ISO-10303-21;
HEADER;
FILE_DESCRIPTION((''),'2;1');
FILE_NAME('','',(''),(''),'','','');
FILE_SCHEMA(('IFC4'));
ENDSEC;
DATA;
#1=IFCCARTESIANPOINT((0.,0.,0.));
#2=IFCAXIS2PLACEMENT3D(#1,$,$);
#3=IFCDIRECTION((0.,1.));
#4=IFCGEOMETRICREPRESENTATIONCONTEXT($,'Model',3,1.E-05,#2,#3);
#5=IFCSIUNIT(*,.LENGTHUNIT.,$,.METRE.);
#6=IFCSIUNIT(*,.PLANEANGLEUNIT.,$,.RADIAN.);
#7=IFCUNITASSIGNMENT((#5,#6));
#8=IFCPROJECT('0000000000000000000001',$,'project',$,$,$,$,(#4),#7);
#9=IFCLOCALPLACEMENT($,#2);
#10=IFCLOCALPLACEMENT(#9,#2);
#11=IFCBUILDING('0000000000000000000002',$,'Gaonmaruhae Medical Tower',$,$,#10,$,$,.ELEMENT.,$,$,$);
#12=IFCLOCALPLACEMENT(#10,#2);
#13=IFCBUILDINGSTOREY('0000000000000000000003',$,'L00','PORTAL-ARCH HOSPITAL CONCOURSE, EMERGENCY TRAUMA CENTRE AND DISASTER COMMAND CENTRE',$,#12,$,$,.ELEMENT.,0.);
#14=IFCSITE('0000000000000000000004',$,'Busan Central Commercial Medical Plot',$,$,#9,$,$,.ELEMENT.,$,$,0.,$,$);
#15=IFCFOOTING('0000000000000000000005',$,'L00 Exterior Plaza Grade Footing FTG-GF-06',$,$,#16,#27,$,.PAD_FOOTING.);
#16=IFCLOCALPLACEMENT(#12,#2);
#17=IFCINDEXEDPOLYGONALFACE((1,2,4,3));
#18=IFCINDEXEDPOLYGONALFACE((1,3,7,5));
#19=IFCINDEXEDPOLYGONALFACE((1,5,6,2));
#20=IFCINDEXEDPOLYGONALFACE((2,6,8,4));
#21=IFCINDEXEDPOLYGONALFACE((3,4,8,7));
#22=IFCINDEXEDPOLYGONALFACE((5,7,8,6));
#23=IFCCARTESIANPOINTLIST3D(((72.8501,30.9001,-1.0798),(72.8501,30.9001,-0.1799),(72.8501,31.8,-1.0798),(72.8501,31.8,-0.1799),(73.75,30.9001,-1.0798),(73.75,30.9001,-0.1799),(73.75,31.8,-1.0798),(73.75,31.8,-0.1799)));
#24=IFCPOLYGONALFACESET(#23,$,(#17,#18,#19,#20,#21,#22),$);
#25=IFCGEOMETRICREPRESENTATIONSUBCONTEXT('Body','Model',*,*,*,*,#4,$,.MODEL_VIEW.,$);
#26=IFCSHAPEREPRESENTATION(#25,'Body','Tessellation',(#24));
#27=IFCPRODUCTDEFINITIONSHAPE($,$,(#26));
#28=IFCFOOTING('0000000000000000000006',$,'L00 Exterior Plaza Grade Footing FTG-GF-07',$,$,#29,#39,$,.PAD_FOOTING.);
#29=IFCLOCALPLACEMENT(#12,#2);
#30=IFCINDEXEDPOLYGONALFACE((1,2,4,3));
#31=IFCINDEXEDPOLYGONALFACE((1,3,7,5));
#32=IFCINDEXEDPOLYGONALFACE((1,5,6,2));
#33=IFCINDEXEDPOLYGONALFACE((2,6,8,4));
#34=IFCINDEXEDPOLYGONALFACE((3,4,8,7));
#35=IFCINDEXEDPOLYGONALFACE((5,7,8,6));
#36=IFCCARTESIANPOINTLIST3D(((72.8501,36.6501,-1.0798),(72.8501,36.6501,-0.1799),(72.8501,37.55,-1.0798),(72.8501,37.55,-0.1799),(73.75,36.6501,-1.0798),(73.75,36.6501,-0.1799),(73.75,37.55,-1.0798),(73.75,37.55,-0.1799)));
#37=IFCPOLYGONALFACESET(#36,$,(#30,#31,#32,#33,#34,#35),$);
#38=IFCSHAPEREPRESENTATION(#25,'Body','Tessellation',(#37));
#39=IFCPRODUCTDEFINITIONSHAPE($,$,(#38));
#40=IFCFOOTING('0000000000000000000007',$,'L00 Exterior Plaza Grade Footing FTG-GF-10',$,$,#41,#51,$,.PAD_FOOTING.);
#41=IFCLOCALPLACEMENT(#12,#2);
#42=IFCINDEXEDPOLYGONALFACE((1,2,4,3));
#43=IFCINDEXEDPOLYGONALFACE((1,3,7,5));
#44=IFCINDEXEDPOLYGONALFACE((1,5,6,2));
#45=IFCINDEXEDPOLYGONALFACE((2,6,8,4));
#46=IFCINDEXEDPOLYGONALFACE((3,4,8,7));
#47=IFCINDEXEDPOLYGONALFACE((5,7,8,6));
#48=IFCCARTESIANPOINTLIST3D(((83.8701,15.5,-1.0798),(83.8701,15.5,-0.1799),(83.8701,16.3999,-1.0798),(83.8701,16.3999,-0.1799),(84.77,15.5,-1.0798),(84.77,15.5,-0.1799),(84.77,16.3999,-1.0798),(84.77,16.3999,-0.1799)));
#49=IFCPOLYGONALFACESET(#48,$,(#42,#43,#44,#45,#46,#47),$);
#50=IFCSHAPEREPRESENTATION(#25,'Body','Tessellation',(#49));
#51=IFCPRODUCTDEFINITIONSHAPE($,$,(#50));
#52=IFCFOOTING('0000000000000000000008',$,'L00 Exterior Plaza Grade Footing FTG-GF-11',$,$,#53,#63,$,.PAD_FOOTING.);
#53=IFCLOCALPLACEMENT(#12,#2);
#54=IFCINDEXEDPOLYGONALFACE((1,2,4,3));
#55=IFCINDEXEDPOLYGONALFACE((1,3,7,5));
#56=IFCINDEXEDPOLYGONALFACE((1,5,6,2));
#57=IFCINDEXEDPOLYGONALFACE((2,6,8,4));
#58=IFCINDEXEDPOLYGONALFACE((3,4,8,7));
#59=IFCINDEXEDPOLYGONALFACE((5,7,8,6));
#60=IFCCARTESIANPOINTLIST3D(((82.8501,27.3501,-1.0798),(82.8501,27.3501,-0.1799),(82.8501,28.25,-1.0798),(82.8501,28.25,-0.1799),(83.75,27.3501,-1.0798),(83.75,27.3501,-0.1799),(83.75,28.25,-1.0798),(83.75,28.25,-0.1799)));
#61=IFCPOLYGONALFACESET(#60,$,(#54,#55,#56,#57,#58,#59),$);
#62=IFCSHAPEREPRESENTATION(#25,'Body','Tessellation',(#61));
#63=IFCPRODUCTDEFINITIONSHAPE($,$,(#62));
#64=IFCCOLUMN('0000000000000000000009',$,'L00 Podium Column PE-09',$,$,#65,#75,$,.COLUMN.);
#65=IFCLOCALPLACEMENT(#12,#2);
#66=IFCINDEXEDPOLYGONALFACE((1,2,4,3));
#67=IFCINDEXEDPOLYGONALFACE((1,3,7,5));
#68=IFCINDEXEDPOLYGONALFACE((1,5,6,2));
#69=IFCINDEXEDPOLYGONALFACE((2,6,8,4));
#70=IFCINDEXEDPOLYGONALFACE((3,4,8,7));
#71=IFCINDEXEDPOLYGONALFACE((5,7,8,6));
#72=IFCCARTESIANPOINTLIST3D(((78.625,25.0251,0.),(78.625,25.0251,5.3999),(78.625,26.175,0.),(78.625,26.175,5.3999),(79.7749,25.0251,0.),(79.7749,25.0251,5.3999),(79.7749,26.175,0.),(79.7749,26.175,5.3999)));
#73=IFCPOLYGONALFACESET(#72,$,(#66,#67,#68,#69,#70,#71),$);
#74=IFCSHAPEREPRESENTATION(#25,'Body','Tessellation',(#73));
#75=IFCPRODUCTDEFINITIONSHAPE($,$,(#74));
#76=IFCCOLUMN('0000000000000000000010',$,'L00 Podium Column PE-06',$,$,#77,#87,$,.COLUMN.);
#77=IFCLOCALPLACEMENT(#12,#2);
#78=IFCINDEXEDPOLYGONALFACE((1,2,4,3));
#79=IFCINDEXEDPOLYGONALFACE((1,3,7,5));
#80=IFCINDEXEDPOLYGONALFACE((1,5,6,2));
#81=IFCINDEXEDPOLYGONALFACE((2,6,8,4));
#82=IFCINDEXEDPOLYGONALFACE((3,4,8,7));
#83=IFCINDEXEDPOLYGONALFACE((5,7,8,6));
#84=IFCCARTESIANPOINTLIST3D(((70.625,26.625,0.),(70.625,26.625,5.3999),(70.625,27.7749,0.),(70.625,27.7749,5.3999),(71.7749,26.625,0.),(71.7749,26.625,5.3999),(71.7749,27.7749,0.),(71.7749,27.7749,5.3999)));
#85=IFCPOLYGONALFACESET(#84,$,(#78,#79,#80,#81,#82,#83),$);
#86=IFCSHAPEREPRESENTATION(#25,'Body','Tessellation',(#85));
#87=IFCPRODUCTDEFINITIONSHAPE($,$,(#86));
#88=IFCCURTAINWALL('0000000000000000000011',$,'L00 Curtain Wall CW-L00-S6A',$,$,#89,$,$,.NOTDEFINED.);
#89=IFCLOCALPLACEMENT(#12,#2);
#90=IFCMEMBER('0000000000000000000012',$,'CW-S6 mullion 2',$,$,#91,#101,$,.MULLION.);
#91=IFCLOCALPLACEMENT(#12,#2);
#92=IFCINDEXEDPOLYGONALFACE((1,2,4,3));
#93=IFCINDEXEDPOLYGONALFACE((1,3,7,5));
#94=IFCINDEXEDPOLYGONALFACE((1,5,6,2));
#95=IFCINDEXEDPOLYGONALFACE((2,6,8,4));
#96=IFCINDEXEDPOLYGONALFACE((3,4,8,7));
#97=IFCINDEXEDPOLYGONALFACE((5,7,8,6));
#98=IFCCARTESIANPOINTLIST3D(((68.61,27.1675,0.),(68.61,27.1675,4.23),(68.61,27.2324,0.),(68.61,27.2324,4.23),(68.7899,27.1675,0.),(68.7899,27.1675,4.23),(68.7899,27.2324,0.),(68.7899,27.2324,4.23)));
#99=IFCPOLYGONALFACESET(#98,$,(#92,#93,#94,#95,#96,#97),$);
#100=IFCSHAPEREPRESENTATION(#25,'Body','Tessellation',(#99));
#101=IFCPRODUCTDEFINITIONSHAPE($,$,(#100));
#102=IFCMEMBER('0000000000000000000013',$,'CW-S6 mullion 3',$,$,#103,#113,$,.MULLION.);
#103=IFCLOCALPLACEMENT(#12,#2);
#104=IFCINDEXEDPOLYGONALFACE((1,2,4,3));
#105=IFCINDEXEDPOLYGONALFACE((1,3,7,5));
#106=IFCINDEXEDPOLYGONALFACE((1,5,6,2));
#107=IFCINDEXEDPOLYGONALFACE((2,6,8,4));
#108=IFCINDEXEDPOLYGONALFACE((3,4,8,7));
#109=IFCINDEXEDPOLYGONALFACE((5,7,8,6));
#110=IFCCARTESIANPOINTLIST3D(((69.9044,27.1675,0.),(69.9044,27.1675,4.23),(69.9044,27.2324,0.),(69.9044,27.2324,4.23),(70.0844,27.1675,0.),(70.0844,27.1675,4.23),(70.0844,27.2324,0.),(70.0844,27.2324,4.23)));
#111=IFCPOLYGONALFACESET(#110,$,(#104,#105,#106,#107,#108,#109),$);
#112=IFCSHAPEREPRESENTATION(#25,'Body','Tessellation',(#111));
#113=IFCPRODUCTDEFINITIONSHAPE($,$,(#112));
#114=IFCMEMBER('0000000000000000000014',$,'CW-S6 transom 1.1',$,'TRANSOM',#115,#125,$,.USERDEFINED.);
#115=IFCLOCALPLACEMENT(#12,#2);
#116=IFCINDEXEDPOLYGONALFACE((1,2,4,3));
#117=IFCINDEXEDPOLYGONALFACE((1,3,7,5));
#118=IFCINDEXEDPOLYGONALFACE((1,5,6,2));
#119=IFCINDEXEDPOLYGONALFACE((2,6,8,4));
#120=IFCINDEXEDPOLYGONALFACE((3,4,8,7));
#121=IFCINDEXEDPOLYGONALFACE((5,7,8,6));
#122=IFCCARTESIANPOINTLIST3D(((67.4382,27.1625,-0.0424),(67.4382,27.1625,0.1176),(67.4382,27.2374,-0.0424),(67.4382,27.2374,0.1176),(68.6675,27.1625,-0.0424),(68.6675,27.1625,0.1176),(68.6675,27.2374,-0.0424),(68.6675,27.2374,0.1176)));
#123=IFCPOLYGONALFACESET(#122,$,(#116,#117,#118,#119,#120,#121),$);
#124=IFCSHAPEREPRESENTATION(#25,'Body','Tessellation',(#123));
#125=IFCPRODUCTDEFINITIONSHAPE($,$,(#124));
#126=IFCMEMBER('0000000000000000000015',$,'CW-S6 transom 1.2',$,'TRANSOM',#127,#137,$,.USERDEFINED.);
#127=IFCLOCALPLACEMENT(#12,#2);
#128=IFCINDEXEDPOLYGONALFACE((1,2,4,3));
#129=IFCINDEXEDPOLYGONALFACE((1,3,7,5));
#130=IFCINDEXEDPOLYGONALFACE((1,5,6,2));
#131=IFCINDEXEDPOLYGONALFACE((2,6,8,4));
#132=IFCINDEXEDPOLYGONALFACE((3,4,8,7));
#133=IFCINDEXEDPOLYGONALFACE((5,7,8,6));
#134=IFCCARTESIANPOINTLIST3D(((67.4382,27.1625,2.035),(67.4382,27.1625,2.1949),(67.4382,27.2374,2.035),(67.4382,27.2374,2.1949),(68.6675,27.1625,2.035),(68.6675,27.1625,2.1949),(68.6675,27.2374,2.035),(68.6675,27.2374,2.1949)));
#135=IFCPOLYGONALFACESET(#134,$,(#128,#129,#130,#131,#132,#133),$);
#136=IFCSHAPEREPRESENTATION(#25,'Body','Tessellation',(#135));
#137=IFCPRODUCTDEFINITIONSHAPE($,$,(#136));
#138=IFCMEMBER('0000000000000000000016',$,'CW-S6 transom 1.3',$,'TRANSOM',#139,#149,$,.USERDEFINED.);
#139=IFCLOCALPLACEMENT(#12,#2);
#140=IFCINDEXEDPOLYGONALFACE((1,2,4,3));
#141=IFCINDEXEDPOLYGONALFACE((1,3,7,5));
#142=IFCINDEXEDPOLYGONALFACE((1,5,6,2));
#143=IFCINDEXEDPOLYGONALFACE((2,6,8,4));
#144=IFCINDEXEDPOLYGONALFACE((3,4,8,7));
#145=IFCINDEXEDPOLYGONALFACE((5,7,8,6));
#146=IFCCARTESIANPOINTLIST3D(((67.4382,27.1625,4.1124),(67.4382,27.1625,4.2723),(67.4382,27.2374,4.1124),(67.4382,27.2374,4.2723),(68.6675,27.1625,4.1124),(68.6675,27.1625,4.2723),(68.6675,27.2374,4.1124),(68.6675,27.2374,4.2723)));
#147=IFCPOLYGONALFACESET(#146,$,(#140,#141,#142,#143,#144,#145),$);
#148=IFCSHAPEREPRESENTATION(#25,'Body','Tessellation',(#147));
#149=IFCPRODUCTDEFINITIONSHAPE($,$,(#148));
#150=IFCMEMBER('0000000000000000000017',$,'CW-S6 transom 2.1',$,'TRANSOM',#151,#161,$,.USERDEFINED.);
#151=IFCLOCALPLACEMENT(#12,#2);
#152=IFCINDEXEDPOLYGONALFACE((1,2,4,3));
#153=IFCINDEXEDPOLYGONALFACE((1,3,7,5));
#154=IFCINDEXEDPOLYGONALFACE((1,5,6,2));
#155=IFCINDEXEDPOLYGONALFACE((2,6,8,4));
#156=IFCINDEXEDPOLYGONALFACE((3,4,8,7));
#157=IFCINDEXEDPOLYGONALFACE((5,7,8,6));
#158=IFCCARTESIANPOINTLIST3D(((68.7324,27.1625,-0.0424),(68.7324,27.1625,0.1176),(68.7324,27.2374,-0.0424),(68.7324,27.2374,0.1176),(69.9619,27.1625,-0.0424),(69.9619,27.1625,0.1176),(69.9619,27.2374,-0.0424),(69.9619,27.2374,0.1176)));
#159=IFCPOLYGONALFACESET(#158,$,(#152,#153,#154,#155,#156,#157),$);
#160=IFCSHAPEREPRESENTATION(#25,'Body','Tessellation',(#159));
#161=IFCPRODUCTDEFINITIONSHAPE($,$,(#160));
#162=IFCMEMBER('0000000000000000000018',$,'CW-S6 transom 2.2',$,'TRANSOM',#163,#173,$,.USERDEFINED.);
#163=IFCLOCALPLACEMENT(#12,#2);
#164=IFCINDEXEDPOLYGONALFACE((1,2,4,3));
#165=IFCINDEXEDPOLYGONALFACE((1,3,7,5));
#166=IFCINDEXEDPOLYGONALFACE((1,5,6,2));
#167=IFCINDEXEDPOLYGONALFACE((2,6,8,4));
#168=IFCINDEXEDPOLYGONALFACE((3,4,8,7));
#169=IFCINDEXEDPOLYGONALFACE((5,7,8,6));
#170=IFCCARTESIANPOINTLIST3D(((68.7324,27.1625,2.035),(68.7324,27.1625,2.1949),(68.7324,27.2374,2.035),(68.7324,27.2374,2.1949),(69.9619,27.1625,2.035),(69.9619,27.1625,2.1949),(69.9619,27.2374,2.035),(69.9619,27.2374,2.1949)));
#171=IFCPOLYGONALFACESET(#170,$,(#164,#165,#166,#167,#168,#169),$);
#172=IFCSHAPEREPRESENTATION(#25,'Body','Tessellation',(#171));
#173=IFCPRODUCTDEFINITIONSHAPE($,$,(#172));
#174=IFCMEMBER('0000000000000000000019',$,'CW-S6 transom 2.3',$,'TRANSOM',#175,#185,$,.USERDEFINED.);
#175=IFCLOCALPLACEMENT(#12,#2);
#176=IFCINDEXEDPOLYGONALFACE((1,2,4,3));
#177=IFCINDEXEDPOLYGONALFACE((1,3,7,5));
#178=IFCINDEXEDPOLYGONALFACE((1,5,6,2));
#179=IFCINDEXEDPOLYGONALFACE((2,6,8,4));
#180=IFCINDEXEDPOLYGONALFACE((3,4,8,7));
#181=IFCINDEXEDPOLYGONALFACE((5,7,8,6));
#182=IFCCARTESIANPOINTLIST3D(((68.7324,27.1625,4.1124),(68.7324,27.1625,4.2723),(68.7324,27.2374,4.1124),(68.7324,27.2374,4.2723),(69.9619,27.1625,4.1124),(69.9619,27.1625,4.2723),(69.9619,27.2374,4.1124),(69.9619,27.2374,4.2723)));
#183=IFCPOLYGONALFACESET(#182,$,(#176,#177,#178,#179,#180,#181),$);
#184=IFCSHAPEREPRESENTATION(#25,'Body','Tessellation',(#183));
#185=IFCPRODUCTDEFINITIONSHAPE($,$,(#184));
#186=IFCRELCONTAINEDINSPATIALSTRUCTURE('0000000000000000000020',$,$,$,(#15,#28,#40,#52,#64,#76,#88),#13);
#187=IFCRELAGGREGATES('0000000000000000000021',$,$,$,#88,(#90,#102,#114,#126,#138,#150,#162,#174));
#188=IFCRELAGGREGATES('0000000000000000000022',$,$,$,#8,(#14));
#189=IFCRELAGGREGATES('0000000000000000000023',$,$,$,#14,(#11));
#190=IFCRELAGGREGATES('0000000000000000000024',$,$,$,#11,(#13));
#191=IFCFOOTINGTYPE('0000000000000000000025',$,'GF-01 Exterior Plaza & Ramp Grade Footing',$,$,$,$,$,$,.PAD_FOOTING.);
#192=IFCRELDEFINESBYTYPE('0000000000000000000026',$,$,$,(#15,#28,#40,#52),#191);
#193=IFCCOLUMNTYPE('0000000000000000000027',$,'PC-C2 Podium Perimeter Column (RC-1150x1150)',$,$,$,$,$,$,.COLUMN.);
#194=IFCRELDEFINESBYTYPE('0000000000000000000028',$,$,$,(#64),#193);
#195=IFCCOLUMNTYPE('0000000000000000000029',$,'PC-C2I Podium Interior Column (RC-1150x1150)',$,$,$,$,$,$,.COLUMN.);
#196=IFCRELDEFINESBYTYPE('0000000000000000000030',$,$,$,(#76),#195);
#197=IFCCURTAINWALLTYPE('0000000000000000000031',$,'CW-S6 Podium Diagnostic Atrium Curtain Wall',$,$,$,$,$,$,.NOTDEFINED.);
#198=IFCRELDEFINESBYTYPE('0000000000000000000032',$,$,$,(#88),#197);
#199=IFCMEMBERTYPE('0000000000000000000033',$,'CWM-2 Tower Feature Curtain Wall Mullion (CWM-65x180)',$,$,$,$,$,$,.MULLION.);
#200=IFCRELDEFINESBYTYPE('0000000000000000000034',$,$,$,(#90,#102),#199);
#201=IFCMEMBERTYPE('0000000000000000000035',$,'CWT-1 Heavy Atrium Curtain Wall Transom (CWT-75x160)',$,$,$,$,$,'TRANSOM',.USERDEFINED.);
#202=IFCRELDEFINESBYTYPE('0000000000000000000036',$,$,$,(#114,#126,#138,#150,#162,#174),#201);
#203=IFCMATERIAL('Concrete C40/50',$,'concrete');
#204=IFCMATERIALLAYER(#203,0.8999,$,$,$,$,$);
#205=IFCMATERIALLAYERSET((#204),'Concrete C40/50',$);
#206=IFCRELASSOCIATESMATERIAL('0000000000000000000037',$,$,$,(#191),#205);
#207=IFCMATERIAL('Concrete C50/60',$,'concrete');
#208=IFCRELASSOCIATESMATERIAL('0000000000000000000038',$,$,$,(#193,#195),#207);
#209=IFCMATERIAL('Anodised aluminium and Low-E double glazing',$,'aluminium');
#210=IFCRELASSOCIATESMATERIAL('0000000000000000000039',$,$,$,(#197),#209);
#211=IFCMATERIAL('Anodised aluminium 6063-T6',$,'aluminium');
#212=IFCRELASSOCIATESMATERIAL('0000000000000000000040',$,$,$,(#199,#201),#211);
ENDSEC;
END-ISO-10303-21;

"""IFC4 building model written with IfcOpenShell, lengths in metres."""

from ifc_helpers import new_model, si_unit, direction, frame, origin, origin_2d, place, context, subcontext, project, spatial, rectangle, extrude, material, layer, layer_set, material_profile, profile_set, type_object, element, aggregate, save


model = new_model("IFC4")

# Units and contexts
model_context = context("Model", 3, precision=1e-05, world=origin(), true_north=direction((0.0, 1.0)))
body_context = subcontext(model_context, "Body", "Model", "MODEL_VIEW")
ifc_project = project(units=[si_unit("LENGTHUNIT", "METRE"), si_unit("PLANEANGLEUNIT", "RADIAN")], contexts=[model_context])

# Site, building, storey
site_placement = place(None, origin())
site = spatial("IfcSite", under=ifc_project, at=site_placement, Name="Busan Central Commercial Medical Plot", CompositionType="ELEMENT", RefElevation=0.0)
building_placement = place(site_placement, origin())
building = spatial("IfcBuilding", under=site, at=building_placement, Name="Gaonmaruhae Medical Tower", CompositionType="ELEMENT")
storey_placement = place(building_placement, origin())
storey = spatial("IfcBuildingStorey", under=building, at=storey_placement, Name="L00", Description="PORTAL-ARCH HOSPITAL CONCOURSE, EMERGENCY TRAUMA CENTRE AND DISASTER COMMAND CENTRE", CompositionType="ELEMENT", Elevation=0.0)

# Footings
ifc_material_1 = material(Name="Concrete C40/50", Category="concrete")
ifc_layer_1 = layer(ifc_material_1, 0.8999)
ifc_layer_set_1 = layer_set([ifc_layer_1], Name="Concrete C40/50")
footing_type = type_object("IfcFootingType", Name="GF-01 Exterior Plaza & Ramp Grade Footing", PredefinedType="PAD_FOOTING", material=ifc_layer_set_1)
for number, where, z_axis, x_axis, name in (
    (1, (73.3, 31.3501, -1.0798), (0.0, 0.0, 1.0), (1.0, 0.0, 0.0), "L00 Exterior Plaza Grade Footing FTG-GF-06"),
    (2, (73.3, 37.1001, -1.0798), (0.0, 0.0, 1.0), (1.0, 0.0, 0.0), "L00 Exterior Plaza Grade Footing FTG-GF-07"),
    (3, (84.3201, 15.95, -1.0798), (0.0, 0.0, 1.0), (1.0, 0.0, 0.0), "L00 Exterior Plaza Grade Footing FTG-GF-10"),
    (4, (83.3, 27.8, -1.0798), (0.0, 0.0, 1.0), (1.0, 0.0, 0.0), "L00 Exterior Plaza Grade Footing FTG-GF-11"),
):
    element("IfcFooting", number, at=place(storey_placement, frame(where, z_axis=z_axis, x_axis=x_axis)), inside=storey, type_object=footing_type, Name=name, PredefinedType="PAD_FOOTING", context=body_context, shape_type="SweptSolid", body=[
        extrude(rectangle(XDim=0.8999, YDim=0.8999, at=origin_2d()), origin(), (0.0, 0.0, 1.0), 0.8999),
    ])

# Columns
ifc_material_2 = material(Name="Concrete C50/60", Category="concrete")
ifc_material_profile_1 = material_profile(ifc_material_2, rectangle(XDim=1.1499, YDim=1.1499, at=origin_2d()), Name="RC-1150x1150")
ifc_profile_set_1 = profile_set([ifc_material_profile_1], Name="Concrete C50/60")
column_type_1 = type_object("IfcColumnType", Name="PC-C2 Podium Perimeter Column (RC-1150x1150)", PredefinedType="COLUMN", material=ifc_profile_set_1)
column_1_placement = place(storey_placement, frame((79.2, 25.6001, 0.0), z_axis=(0.0, 0.0, 1.0), x_axis=(1.0, 0.0, 0.0)))
element("IfcColumn", 5, at=column_1_placement, inside=storey, type_object=column_type_1, Name="L00 Podium Column PE-09", PredefinedType="COLUMN", context=body_context, shape_type="SweptSolid", body=[
    extrude(rectangle(XDim=1.1499, YDim=1.1499, at=origin_2d()), origin(), (0.0, 0.0, 1.0), 5.3999),
])
ifc_material_profile_2 = material_profile(ifc_material_2, rectangle(XDim=1.1499, YDim=1.1499, at=origin_2d()), Name="RC-1150x1150")
ifc_profile_set_2 = profile_set([ifc_material_profile_2], Name="Concrete C50/60")
column_type_2 = type_object("IfcColumnType", Name="PC-C2I Podium Interior Column (RC-1150x1150)", PredefinedType="COLUMN", material=ifc_profile_set_2)
column_2_placement = place(storey_placement, frame((71.2, 27.2, 0.0), z_axis=(0.0, 0.0, 1.0), x_axis=(1.0, 0.0, 0.0)))
element("IfcColumn", 6, at=column_2_placement, inside=storey, type_object=column_type_2, Name="L00 Podium Column PE-06", PredefinedType="COLUMN", context=body_context, shape_type="SweptSolid", body=[
    extrude(rectangle(XDim=1.1499, YDim=1.1499, at=origin_2d()), origin(), (0.0, 0.0, 1.0), 5.3999),
])

# Curtain wall, members
ifc_material_3 = material(Name="Anodised aluminium and Low-E double glazing", Category="aluminium")
curtain_wall_type = type_object("IfcCurtainWallType", Name="CW-S6 Podium Diagnostic Atrium Curtain Wall", PredefinedType="NOTDEFINED", material=ifc_material_3)
curtain_wall_placement = place(storey_placement, origin())
curtain_wall = element("IfcCurtainWall", 7, at=curtain_wall_placement, inside=storey, type_object=curtain_wall_type, Name="L00 Curtain Wall CW-L00-S6A", PredefinedType="NOTDEFINED")
ifc_material_4 = material(Name="Anodised aluminium 6063-T6", Category="aluminium")
ifc_material_profile_3 = material_profile(ifc_material_4, rectangle(XDim=0.0649, YDim=0.1799, at=origin_2d()), Name="CWM-65x180")
ifc_profile_set_3 = profile_set([ifc_material_profile_3], Name="Anodised aluminium 6063-T6")
member_type_1 = type_object("IfcMemberType", Name="CWM-2 Tower Feature Curtain Wall Mullion (CWM-65x180)", PredefinedType="MULLION", material=ifc_profile_set_3)
member_1_placement = place(storey_placement, frame((68.7, 27.2, 0.0), z_axis=(0.0, 0.0, 1.0), x_axis=(0.0, 1.0, 0.0)))
member_1 = element("IfcMember", 8, at=member_1_placement, type_object=member_type_1, Name="CW-S6 mullion 2", PredefinedType="MULLION", context=body_context, shape_type="SweptSolid", body=[
    extrude(rectangle(XDim=0.0649, YDim=0.1799, at=origin_2d()), origin(), (0.0, 0.0, 1.0), 4.23),
])
member_2_placement = place(storey_placement, frame((69.9944, 27.2, 0.0), z_axis=(0.0, 0.0, 1.0), x_axis=(0.0, 1.0, 0.0)))
member_2 = element("IfcMember", 9, at=member_2_placement, type_object=member_type_1, Name="CW-S6 mullion 3", PredefinedType="MULLION", context=body_context, shape_type="SweptSolid", body=[
    extrude(rectangle(XDim=0.0649, YDim=0.1799, at=origin_2d()), origin(), (0.0, 0.0, 1.0), 4.23),
])
ifc_material_profile_4 = material_profile(ifc_material_4, rectangle(XDim=0.075, YDim=0.1599, at=origin_2d()), Name="CWT-75x160")
ifc_profile_set_4 = profile_set([ifc_material_profile_4], Name="Anodised aluminium 6063-T6")
member_type_2 = type_object("IfcMemberType", Name="CWT-1 Heavy Atrium Curtain Wall Transom (CWT-75x160)", ElementType="TRANSOM", PredefinedType="USERDEFINED", material=ifc_profile_set_4)
member_3_placement = place(storey_placement, frame((67.4382, 27.2, 0.0376), z_axis=(1.0, 0.0, 0.0), x_axis=(0.0, 1.0, 0.0)))
member_3 = element("IfcMember", 10, at=member_3_placement, type_object=member_type_2, Name="CW-S6 transom 1.1", ObjectType="TRANSOM", PredefinedType="USERDEFINED", context=body_context, shape_type="SweptSolid", body=[
    extrude(rectangle(XDim=0.075, YDim=0.1599, at=origin_2d()), origin(), (0.0, 0.0, 1.0), 1.2292),
])
member_4_placement = place(storey_placement, frame((67.4382, 27.2, 2.115), z_axis=(1.0, 0.0, 0.0), x_axis=(0.0, 1.0, 0.0)))
member_4 = element("IfcMember", 11, at=member_4_placement, type_object=member_type_2, Name="CW-S6 transom 1.2", ObjectType="TRANSOM", PredefinedType="USERDEFINED", context=body_context, shape_type="SweptSolid", body=[
    extrude(rectangle(XDim=0.075, YDim=0.1599, at=origin_2d()), origin(), (0.0, 0.0, 1.0), 1.2292),
])
member_5_placement = place(storey_placement, frame((67.4382, 27.2, 4.1924), z_axis=(1.0, 0.0, 0.0), x_axis=(0.0, 1.0, 0.0)))
member_5 = element("IfcMember", 12, at=member_5_placement, type_object=member_type_2, Name="CW-S6 transom 1.3", ObjectType="TRANSOM", PredefinedType="USERDEFINED", context=body_context, shape_type="SweptSolid", body=[
    extrude(rectangle(XDim=0.075, YDim=0.1599, at=origin_2d()), origin(), (0.0, 0.0, 1.0), 1.2292),
])
member_6_placement = place(storey_placement, frame((68.7324, 27.2, 0.0376), z_axis=(1.0, 0.0, 0.0), x_axis=(0.0, 1.0, 0.0)))
member_6 = element("IfcMember", 13, at=member_6_placement, type_object=member_type_2, Name="CW-S6 transom 2.1", ObjectType="TRANSOM", PredefinedType="USERDEFINED", context=body_context, shape_type="SweptSolid", body=[
    extrude(rectangle(XDim=0.075, YDim=0.1599, at=origin_2d()), origin(), (0.0, 0.0, 1.0), 1.2295),
])
member_7_placement = place(storey_placement, frame((68.7324, 27.2, 2.115), z_axis=(1.0, 0.0, 0.0), x_axis=(0.0, 1.0, 0.0)))
member_7 = element("IfcMember", 14, at=member_7_placement, type_object=member_type_2, Name="CW-S6 transom 2.2", ObjectType="TRANSOM", PredefinedType="USERDEFINED", context=body_context, shape_type="SweptSolid", body=[
    extrude(rectangle(XDim=0.075, YDim=0.1599, at=origin_2d()), origin(), (0.0, 0.0, 1.0), 1.2295),
])
member_8_placement = place(storey_placement, frame((68.7324, 27.2, 4.1924), z_axis=(1.0, 0.0, 0.0), x_axis=(0.0, 1.0, 0.0)))
member_8 = element("IfcMember", 15, at=member_8_placement, type_object=member_type_2, Name="CW-S6 transom 2.3", ObjectType="TRANSOM", PredefinedType="USERDEFINED", context=body_context, shape_type="SweptSolid", body=[
    extrude(rectangle(XDim=0.075, YDim=0.1599, at=origin_2d()), origin(), (0.0, 0.0, 1.0), 1.2295),
])

aggregate(curtain_wall, [member_1, member_2, member_3, member_4, member_5, member_6, member_7, member_8])

save(model, "model.ifc")
